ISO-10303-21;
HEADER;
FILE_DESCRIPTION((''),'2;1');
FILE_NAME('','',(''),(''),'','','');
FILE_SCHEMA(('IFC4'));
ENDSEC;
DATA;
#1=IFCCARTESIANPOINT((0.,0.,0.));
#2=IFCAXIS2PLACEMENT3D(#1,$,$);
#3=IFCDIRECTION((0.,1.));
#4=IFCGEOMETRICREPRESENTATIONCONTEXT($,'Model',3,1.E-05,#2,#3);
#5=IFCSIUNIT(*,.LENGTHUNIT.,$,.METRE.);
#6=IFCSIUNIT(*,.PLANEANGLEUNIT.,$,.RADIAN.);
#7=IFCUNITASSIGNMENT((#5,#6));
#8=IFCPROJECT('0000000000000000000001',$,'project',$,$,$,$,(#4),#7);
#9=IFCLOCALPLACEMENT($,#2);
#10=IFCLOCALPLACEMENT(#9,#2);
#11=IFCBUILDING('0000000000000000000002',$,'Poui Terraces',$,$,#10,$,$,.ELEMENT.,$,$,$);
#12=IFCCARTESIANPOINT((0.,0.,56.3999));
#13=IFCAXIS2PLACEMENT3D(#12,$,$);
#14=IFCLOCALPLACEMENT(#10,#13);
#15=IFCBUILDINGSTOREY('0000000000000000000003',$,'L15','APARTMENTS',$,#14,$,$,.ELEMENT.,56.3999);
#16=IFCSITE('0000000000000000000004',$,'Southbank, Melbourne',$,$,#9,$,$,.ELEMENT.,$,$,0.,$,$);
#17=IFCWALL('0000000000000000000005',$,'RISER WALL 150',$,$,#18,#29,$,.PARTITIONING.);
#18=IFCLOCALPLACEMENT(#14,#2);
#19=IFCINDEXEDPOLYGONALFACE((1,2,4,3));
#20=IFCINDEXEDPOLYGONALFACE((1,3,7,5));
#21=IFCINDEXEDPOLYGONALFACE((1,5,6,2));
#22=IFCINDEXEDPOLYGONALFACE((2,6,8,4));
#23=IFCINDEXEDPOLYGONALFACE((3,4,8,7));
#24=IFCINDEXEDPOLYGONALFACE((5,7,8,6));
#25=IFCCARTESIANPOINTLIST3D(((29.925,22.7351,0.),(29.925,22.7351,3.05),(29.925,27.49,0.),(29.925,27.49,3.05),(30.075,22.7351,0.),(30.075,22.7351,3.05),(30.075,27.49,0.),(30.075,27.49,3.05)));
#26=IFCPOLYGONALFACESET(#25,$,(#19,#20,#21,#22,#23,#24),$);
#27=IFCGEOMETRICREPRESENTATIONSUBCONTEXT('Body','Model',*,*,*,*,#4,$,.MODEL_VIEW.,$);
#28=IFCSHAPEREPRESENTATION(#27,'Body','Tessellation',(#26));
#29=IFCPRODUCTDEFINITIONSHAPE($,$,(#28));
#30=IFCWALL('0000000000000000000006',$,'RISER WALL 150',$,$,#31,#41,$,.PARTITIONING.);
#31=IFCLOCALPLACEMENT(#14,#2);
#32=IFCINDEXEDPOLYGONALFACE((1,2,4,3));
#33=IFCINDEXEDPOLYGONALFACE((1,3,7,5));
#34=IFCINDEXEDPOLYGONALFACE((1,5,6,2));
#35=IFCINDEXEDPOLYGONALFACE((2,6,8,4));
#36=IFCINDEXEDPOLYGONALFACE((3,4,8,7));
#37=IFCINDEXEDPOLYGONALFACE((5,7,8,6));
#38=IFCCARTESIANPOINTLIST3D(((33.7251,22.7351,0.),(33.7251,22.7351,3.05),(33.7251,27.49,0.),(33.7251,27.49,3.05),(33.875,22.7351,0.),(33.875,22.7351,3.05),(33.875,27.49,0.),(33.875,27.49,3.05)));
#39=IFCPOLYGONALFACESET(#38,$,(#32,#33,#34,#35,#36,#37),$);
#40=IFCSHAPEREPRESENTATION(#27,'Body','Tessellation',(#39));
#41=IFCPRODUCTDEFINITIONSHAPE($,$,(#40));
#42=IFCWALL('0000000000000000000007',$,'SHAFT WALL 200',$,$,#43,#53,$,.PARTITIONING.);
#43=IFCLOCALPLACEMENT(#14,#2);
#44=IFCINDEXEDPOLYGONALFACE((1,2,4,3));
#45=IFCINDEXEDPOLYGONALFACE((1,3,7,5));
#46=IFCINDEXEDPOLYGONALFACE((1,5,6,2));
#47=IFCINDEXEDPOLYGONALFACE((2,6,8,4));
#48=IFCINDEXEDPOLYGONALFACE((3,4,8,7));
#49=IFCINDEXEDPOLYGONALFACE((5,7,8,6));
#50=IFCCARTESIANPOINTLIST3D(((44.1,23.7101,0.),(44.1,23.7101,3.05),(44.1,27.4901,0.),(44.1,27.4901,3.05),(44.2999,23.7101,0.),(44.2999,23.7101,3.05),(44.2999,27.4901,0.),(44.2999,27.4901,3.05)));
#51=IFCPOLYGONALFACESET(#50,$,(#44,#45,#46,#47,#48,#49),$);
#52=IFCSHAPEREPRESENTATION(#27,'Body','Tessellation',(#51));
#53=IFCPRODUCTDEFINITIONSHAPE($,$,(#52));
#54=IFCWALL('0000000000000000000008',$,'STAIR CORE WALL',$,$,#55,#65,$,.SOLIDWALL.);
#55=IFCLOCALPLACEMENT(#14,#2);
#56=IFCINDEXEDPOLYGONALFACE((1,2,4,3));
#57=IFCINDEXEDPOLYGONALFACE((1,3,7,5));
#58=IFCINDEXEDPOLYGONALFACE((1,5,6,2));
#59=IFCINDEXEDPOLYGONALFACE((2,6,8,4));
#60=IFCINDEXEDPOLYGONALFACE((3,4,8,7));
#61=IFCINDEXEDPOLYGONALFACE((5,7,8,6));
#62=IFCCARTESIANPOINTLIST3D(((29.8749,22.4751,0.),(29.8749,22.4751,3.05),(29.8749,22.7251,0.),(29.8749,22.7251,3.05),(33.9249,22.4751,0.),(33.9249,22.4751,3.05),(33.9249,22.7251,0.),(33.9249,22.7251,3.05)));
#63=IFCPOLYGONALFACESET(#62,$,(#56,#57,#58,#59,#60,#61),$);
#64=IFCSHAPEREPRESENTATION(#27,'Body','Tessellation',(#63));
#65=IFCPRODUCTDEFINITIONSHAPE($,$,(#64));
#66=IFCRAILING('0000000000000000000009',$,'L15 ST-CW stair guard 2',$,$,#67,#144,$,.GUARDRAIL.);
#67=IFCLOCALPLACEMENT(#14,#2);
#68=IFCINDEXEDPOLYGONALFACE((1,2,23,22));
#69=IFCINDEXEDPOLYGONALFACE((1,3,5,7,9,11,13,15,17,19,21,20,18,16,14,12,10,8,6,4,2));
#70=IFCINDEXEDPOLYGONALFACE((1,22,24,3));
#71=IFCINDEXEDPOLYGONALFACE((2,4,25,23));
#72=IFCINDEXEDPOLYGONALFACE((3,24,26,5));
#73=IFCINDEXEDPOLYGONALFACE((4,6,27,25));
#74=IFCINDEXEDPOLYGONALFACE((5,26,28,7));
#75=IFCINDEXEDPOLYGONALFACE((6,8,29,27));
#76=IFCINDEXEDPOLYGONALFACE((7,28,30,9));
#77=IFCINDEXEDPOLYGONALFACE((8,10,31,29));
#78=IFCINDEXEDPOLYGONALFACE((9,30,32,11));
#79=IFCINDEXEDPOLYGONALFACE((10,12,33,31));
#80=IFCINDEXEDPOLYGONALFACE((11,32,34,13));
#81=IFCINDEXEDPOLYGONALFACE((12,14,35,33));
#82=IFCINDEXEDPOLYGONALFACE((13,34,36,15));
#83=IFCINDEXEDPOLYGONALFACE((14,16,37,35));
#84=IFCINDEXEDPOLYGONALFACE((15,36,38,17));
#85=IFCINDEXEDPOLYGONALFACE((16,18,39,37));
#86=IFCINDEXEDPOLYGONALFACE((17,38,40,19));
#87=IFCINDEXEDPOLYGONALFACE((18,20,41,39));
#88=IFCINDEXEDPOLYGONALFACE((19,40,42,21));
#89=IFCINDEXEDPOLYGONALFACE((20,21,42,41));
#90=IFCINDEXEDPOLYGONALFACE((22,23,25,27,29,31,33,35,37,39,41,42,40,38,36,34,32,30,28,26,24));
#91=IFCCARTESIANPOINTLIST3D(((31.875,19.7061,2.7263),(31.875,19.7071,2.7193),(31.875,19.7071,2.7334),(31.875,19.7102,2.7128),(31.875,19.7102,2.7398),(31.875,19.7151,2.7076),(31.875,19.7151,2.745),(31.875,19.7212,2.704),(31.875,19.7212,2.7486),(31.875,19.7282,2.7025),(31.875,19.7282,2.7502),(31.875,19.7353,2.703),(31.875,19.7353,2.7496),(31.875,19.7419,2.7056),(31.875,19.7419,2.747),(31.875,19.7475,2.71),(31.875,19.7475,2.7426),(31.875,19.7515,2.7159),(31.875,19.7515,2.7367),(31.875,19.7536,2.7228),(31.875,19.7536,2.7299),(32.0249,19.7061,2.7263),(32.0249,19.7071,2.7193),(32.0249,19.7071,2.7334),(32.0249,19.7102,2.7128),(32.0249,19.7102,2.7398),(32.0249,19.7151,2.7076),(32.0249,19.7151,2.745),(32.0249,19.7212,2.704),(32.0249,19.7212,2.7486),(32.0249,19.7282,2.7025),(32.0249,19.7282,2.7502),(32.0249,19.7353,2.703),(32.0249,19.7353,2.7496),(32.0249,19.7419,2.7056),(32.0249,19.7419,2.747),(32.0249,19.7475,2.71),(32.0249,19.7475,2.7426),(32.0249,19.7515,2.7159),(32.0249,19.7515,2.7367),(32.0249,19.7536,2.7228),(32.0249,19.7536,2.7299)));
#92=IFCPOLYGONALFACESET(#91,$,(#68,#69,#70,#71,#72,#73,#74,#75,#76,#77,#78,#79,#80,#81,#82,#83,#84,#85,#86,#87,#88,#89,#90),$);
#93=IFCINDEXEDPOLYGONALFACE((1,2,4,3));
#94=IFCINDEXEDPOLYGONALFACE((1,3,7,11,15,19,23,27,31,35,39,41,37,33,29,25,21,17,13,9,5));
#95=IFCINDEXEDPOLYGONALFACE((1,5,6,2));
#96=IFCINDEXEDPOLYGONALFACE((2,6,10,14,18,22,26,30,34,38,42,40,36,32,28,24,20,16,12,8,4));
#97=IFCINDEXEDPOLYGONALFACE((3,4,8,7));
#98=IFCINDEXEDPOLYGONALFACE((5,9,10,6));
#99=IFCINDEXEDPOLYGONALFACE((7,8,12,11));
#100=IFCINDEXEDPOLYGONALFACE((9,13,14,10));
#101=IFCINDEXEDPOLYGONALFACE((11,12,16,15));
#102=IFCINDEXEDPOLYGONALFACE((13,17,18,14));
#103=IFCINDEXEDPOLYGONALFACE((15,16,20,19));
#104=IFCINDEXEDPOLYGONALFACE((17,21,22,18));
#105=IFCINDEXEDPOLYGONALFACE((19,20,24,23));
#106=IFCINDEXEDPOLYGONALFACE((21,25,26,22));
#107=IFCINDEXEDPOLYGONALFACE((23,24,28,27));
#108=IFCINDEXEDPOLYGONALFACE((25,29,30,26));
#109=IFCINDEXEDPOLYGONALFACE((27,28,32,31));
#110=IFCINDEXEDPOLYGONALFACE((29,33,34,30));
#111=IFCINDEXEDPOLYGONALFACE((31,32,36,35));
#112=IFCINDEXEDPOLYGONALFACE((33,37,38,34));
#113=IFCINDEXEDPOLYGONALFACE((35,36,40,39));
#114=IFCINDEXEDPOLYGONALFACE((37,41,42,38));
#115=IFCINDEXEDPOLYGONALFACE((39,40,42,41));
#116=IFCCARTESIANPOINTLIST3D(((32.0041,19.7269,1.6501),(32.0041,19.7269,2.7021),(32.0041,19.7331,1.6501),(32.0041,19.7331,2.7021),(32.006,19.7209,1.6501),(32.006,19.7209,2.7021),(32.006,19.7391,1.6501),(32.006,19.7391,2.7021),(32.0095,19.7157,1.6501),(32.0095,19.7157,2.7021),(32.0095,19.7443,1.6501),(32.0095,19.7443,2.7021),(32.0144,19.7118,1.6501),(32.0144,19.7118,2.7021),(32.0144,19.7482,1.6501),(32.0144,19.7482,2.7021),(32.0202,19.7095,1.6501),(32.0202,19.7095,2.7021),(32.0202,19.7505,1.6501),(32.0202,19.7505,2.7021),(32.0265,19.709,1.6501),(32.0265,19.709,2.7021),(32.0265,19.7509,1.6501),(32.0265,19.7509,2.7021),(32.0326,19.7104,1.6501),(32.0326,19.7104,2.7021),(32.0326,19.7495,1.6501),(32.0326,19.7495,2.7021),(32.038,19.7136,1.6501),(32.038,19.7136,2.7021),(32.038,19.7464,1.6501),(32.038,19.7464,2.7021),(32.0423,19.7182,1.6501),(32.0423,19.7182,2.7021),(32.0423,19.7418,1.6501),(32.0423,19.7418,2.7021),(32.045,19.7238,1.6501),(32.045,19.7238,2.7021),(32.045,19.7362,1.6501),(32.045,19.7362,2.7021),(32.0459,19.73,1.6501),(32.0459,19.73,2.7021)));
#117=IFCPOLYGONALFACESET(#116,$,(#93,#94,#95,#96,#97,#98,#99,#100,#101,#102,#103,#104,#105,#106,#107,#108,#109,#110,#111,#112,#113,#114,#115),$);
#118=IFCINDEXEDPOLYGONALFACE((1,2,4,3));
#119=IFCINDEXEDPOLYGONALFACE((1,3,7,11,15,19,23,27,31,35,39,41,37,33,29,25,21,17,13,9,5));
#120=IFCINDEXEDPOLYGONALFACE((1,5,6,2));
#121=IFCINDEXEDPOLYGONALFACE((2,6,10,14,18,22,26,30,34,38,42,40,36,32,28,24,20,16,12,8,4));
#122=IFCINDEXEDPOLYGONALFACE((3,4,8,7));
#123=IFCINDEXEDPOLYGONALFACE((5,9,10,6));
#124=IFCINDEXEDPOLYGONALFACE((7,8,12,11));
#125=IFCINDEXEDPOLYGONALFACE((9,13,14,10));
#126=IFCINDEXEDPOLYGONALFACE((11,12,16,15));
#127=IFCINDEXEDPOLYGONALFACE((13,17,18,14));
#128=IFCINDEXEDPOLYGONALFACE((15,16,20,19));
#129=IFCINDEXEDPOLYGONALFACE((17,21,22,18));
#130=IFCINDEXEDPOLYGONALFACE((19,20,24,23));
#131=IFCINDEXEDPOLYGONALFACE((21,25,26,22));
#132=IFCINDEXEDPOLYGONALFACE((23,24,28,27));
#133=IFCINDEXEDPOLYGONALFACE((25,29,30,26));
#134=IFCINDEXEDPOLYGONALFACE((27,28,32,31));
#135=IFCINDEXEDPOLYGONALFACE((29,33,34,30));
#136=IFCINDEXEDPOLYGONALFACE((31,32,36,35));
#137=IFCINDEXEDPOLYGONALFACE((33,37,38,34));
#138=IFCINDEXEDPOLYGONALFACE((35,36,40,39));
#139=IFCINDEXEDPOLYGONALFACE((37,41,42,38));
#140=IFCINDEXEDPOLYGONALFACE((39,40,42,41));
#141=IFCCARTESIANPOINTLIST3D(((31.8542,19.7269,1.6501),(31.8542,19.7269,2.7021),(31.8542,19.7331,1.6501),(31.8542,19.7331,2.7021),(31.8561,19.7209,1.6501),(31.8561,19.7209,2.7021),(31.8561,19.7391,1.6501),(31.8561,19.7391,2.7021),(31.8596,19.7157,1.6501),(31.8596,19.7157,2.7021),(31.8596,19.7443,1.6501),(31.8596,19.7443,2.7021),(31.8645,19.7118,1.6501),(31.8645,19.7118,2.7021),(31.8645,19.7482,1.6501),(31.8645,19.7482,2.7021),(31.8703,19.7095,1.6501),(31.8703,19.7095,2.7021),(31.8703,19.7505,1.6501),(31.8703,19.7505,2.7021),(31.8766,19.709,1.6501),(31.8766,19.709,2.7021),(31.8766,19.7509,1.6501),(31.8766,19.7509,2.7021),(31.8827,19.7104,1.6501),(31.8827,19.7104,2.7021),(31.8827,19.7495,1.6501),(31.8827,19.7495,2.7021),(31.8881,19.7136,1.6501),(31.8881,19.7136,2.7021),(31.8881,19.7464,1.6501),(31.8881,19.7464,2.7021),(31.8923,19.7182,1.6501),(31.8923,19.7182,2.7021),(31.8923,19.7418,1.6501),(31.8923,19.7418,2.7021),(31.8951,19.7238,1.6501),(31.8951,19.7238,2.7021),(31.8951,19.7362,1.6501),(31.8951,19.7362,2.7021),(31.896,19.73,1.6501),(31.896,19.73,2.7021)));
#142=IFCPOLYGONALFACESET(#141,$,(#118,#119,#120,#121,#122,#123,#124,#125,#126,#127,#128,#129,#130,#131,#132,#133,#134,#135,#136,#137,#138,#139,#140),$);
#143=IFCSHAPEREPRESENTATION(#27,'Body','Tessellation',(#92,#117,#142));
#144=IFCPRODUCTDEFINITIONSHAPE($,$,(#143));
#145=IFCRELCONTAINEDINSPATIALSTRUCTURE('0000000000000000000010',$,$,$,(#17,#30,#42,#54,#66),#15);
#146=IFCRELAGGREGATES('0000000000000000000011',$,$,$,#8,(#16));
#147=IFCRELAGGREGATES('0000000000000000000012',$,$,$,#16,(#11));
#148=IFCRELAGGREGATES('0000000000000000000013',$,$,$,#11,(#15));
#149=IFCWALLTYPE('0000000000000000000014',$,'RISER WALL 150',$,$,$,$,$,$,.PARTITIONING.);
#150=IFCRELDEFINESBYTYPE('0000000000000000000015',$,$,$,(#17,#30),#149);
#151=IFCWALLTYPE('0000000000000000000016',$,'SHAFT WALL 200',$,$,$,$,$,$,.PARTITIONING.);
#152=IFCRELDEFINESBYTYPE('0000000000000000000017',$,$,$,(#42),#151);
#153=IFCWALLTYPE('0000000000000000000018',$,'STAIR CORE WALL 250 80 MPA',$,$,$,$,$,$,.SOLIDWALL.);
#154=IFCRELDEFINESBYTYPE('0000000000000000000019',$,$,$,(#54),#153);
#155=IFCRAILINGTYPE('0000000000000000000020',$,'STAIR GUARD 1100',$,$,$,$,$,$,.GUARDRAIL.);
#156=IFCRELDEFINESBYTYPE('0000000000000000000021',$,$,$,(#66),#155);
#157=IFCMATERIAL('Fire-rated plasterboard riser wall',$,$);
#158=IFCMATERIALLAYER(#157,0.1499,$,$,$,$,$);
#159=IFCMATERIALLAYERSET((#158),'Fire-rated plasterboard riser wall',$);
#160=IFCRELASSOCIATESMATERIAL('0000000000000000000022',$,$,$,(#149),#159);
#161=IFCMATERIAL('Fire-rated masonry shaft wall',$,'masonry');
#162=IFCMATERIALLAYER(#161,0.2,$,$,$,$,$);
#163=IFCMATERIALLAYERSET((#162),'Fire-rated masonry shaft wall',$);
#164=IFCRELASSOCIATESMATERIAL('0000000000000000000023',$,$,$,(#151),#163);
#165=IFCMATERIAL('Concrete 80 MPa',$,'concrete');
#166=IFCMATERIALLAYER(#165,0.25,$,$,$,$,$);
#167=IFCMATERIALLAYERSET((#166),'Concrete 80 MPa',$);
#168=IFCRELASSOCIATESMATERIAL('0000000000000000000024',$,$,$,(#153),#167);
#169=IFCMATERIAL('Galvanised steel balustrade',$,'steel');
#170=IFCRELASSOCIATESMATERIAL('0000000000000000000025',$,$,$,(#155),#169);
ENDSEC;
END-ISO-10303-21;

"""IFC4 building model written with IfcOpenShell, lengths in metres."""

from ifc_helpers import new_model, si_unit, direction, frame, frame_2d, origin, origin_2d, place, context, subcontext, project, spatial, rectangle, circle, extrude, material, layer, layer_set, type_object, element, save


model = new_model("IFC4")

# Units and contexts
model_context = context("Model", 3, precision=1e-05, world=origin(), true_north=direction((0.0, 1.0)))
body_context = subcontext(model_context, "Body", "Model", "MODEL_VIEW")
ifc_project = project(units=[si_unit("LENGTHUNIT", "METRE"), si_unit("PLANEANGLEUNIT", "RADIAN")], contexts=[model_context])

# Site, building, storey
site_placement = place(None, origin())
site = spatial("IfcSite", under=ifc_project, at=site_placement, Name="Southbank, Melbourne", CompositionType="ELEMENT", RefElevation=0.0)
building_placement = place(site_placement, origin())
building = spatial("IfcBuilding", under=site, at=building_placement, Name="Poui Terraces", CompositionType="ELEMENT")
storey_placement = place(building_placement, frame((0.0, 0.0, 56.3999)))
storey = spatial("IfcBuildingStorey", under=building, at=storey_placement, Name="L15", Description="APARTMENTS", CompositionType="ELEMENT", Elevation=56.3999)

# Shared definitions
ifc_material_1 = material(Name="Concrete 80 MPa", Category="concrete")

# Walls
ifc_material_2 = material(Name="Fire-rated plasterboard riser wall")
ifc_layer_1 = layer(ifc_material_2, 0.1499)
ifc_layer_set_1 = layer_set([ifc_layer_1], Name="Fire-rated plasterboard riser wall")
wall_type_1 = type_object("IfcWallType", Name="RISER WALL 150", PredefinedType="PARTITIONING", material=ifc_layer_set_1)
for number, where, z_axis, x_axis, name in (
    (1, (30.0, 22.7351, 0.0), (0.0, 0.0, 1.0), (0.0, 1.0, 0.0), "RISER WALL 150"),
    (2, (33.8, 22.7351, 0.0), (0.0, 0.0, 1.0), (0.0, 1.0, 0.0), "RISER WALL 150"),
):
    element("IfcWall", number, at=place(storey_placement, frame(where, z_axis=z_axis, x_axis=x_axis)), inside=storey, type_object=wall_type_1, Name=name, PredefinedType="PARTITIONING", context=body_context, shape_type="SweptSolid", body=[
        extrude(rectangle(XDim=4.7549, YDim=0.1499, at=frame_2d((2.3774, 0.0))), origin(), (0.0, 0.0, 1.0), 3.05),
    ])
ifc_material_3 = material(Name="Fire-rated masonry shaft wall", Category="masonry")
ifc_layer_2 = layer(ifc_material_3, 0.2)
ifc_layer_set_2 = layer_set([ifc_layer_2], Name="Fire-rated masonry shaft wall")
wall_type_2 = type_object("IfcWallType", Name="SHAFT WALL 200", PredefinedType="PARTITIONING", material=ifc_layer_set_2)
wall_1_placement = place(storey_placement, frame((44.2, 23.71, 0.0), z_axis=(0.0, 0.0, 1.0), x_axis=(0.0, 1.0, 0.0)))
element("IfcWall", 3, at=wall_1_placement, inside=storey, type_object=wall_type_2, Name="SHAFT WALL 200", PredefinedType="PARTITIONING", context=body_context, shape_type="SweptSolid", body=[
    extrude(rectangle(XDim=3.78, YDim=0.2, at=frame_2d((1.8901, 0.0))), origin(), (0.0, 0.0, 1.0), 3.05),
])
ifc_layer_3 = layer(ifc_material_1, 0.25)
ifc_layer_set_3 = layer_set([ifc_layer_3], Name="Concrete 80 MPa")
wall_type_3 = type_object("IfcWallType", Name="STAIR CORE WALL 250 80 MPA", PredefinedType="SOLIDWALL", material=ifc_layer_set_3)
wall_2_placement = place(storey_placement, frame((29.875, 22.6001, 0.0), z_axis=(0.0, 0.0, 1.0), x_axis=(1.0, 0.0, 0.0)))
element("IfcWall", 4, at=wall_2_placement, inside=storey, type_object=wall_type_3, Name="STAIR CORE WALL", PredefinedType="SOLIDWALL", context=body_context, shape_type="SweptSolid", body=[
    extrude(rectangle(XDim=4.05, YDim=0.25, at=frame_2d((2.0249, 0.0))), origin(), (0.0, 0.0, 1.0), 3.05),
])

# Railing
ifc_material_4 = material(Name="Galvanised steel balustrade", Category="steel")
railing_type = type_object("IfcRailingType", Name="STAIR GUARD 1100", PredefinedType="GUARDRAIL", material=ifc_material_4)
railing_placement = place(storey_placement, frame((32.0249, 19.73, 1.6501)))
element("IfcRailing", 5, at=railing_placement, inside=storey, type_object=railing_type, Name="L15 ST-CW stair guard 2", PredefinedType="GUARDRAIL", context=body_context, shape_type="SweptSolid", body=[
    extrude(circle(Radius=0.0239, at=origin_2d()), frame((0.0, 0.0, 1.0762), z_axis=(-1.0, 0.0, 0.0), x_axis=(0.0, -1.0, 0.0)), (0.0, 0.0, 1.0), 0.1499),
    extrude(circle(Radius=0.021, at=origin_2d()), origin(), (0.0, 0.0, 1.0), 1.052),
    extrude(circle(Radius=0.021, at=origin_2d()), frame((-0.1499, 0.0, 0.0)), (0.0, 0.0, 1.0), 1.052),
])

save(model, "model.ifc")
